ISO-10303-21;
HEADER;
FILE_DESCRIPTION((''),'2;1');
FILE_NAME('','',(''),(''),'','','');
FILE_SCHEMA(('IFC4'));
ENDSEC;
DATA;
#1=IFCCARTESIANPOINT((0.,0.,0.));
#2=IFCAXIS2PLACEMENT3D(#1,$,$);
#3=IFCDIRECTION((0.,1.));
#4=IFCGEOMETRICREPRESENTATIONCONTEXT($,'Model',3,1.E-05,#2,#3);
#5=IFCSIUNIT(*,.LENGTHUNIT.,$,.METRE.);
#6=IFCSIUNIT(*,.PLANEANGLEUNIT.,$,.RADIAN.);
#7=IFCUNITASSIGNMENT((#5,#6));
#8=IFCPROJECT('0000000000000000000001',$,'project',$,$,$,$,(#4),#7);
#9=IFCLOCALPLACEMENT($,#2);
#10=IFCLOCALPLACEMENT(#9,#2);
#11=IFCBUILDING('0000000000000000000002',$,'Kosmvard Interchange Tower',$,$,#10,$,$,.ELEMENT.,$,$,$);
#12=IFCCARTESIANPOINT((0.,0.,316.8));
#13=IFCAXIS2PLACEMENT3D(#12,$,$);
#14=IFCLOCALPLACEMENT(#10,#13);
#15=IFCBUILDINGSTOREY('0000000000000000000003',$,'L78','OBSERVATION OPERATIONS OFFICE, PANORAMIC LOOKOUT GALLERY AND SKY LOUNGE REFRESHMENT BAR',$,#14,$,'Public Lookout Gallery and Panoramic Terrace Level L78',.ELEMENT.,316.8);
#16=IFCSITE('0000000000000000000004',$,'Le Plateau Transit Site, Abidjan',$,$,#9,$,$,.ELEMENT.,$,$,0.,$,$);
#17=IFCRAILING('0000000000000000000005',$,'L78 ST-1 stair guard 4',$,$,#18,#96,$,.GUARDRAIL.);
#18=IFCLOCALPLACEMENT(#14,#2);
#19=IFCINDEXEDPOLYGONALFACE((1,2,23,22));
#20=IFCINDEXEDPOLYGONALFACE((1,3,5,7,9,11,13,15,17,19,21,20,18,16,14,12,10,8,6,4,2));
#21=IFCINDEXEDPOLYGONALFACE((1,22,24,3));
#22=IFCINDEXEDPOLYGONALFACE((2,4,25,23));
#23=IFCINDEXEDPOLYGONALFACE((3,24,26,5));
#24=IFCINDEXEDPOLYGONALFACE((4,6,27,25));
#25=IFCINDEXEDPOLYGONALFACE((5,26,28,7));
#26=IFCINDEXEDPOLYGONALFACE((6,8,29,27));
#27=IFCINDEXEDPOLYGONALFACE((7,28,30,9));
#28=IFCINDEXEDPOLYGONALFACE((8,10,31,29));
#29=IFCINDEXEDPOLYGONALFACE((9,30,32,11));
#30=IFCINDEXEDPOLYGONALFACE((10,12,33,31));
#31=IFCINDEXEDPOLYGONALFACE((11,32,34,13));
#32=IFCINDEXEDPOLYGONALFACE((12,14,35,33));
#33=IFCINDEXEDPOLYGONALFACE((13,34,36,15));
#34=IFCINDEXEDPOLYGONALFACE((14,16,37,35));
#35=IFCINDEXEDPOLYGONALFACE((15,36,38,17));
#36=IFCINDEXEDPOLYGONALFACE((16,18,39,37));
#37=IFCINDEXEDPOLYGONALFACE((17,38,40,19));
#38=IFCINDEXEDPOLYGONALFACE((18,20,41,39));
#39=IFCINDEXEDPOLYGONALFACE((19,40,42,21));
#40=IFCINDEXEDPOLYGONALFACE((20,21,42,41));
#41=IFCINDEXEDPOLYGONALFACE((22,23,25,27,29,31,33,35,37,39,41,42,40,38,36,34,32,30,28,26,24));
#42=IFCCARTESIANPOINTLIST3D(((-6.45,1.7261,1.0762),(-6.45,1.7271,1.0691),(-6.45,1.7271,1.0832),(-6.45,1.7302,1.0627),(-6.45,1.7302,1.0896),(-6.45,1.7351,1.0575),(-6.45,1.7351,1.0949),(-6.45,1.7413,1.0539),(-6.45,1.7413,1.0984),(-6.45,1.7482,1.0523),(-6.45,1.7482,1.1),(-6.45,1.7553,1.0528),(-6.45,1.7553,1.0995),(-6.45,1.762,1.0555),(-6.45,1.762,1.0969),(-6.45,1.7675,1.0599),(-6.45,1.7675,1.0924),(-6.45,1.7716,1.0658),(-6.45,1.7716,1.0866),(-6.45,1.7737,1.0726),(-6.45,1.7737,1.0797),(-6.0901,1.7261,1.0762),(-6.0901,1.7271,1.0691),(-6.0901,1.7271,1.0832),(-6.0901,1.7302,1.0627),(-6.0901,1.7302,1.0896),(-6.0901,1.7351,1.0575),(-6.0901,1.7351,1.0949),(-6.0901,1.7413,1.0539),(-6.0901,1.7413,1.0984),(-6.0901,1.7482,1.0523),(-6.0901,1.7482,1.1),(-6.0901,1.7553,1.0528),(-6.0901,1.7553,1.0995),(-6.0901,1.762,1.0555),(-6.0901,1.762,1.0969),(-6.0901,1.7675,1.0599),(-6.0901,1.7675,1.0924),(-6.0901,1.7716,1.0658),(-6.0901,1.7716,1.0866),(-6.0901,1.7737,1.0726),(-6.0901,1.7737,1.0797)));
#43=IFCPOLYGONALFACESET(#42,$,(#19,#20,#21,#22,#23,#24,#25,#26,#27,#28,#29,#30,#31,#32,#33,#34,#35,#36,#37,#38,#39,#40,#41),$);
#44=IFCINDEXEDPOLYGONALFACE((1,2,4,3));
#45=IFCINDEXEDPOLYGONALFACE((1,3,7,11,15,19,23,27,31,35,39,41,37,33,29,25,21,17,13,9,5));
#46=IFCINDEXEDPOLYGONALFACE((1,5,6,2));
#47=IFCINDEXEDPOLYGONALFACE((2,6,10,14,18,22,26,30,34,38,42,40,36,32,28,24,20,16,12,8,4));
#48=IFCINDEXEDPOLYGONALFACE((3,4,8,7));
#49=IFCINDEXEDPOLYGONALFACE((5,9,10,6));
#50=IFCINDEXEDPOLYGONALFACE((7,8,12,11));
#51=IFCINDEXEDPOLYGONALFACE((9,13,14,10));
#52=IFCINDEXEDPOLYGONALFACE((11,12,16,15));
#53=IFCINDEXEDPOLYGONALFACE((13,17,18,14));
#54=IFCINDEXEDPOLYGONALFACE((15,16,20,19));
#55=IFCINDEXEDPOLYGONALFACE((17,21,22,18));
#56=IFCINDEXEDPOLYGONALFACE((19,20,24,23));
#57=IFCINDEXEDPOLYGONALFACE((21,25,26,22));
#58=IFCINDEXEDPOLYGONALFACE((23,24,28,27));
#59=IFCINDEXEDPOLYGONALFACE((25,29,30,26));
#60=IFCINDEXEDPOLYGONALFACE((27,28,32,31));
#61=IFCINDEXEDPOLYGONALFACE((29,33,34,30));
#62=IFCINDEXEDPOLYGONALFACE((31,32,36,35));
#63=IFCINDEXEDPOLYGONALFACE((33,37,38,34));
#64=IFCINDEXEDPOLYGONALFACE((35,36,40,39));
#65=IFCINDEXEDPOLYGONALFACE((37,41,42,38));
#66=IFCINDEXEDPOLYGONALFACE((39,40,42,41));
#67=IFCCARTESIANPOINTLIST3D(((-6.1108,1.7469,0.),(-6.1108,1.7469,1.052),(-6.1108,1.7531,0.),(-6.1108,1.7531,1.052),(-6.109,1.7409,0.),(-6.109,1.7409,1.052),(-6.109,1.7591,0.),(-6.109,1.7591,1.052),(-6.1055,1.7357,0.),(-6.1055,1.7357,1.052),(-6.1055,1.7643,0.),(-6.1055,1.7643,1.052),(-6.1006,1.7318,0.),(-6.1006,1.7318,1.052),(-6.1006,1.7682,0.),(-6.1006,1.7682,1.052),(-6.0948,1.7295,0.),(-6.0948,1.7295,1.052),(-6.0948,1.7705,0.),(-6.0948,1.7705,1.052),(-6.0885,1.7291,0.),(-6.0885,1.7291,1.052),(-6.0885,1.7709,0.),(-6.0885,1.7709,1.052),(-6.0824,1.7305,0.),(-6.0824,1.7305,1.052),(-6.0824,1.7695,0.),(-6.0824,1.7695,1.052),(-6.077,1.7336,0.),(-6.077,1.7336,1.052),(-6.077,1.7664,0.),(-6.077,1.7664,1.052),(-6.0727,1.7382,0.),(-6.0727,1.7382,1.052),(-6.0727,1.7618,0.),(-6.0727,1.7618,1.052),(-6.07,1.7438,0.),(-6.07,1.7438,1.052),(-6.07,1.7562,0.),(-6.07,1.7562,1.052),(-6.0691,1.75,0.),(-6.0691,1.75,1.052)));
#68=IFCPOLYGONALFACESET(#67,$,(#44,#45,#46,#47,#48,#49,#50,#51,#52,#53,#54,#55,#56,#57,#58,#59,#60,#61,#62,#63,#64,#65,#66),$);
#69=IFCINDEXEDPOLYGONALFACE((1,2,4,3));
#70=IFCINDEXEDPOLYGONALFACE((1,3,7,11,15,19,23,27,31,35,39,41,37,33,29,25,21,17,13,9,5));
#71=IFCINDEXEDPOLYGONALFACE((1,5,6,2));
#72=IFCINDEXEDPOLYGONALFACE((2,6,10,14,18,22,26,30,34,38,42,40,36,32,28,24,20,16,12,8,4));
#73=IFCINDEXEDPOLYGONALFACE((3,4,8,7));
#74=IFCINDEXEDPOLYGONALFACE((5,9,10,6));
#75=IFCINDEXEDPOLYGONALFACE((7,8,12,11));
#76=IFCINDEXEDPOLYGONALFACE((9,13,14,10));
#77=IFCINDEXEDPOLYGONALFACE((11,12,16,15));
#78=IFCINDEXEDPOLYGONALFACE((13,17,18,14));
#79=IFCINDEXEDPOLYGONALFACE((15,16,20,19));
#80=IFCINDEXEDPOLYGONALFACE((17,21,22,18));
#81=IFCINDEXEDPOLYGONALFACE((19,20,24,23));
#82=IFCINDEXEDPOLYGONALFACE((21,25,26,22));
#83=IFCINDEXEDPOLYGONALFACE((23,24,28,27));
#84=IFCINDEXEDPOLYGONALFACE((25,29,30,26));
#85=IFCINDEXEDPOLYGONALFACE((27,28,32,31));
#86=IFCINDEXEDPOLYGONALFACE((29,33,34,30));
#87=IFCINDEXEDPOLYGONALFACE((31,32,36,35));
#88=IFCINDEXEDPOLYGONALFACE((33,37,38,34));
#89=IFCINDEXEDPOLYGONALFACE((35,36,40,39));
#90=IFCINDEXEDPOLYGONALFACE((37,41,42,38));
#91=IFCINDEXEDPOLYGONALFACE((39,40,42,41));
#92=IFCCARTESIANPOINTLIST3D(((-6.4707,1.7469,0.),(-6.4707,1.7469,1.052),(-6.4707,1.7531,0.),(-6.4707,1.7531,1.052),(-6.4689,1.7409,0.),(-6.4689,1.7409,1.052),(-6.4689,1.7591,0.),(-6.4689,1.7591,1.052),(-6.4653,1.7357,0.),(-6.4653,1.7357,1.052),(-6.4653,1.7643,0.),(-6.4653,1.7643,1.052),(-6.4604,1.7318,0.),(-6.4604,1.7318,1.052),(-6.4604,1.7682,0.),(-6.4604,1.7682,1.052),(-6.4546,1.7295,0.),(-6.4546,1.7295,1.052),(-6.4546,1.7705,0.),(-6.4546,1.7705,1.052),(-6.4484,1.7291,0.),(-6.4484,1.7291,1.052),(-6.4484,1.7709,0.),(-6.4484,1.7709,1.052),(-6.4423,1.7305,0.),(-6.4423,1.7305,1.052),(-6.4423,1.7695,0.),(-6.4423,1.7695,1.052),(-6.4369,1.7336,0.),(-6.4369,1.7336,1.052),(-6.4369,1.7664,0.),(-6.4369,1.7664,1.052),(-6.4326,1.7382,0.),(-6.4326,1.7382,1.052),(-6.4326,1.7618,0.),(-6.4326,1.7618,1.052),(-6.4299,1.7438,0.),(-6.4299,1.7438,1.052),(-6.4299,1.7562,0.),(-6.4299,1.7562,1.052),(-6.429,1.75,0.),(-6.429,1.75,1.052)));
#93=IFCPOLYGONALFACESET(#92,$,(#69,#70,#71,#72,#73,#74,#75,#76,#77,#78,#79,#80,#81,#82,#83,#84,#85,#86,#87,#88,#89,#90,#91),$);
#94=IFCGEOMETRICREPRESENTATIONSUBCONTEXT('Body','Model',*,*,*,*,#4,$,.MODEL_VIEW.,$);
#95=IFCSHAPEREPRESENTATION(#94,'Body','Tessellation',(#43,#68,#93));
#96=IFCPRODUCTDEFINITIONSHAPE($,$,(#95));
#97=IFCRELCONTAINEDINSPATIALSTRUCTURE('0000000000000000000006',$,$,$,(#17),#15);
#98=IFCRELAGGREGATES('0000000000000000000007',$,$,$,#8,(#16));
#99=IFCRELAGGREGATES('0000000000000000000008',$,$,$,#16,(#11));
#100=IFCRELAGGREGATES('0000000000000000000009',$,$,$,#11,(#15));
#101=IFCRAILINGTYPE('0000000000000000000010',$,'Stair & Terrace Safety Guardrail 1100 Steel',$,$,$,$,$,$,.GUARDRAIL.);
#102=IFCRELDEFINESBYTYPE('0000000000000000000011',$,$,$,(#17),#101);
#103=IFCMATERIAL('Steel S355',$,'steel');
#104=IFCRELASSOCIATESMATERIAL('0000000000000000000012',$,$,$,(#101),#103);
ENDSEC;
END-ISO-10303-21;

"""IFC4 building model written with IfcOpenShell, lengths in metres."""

from ifc_helpers import new_model, si_unit, direction, frame, origin, origin_2d, place, context, subcontext, project, spatial, circle, extrude, source, transform, mapped, material, type_object, element, save


model = new_model("IFC4")

# Units and contexts
model_context = context("Model", 3, precision=1e-05, world=origin(), true_north=direction((0.0, 1.0)))
body_context = subcontext(model_context, "Body", "Model", "MODEL_VIEW")
ifc_project = project(units=[si_unit("LENGTHUNIT", "METRE"), si_unit("PLANEANGLEUNIT", "RADIAN")], contexts=[model_context])

# Site, building, storey
site_placement = place(None, origin())
site = spatial("IfcSite", under=ifc_project, at=site_placement, Name="Le Plateau Transit Site, Abidjan", CompositionType="ELEMENT", RefElevation=0.0)
building_placement = place(site_placement, origin())
building = spatial("IfcBuilding", under=site, at=building_placement, Name="Kosmvard Interchange Tower", CompositionType="ELEMENT")
storey_placement = place(building_placement, frame((0.0, 0.0, 316.8)))
storey = spatial("IfcBuildingStorey", under=building, at=storey_placement, Name="L78", Description="OBSERVATION OPERATIONS OFFICE, PANORAMIC LOOKOUT GALLERY AND SKY LOUNGE REFRESHMENT BAR", LongName="Public Lookout Gallery and Panoramic Terrace Level L78", CompositionType="ELEMENT", Elevation=316.8)

# Shared definitions
ifc_material_1 = material(Name="Steel S355", Category="steel")

# Railing
railing_type_1 = type_object("IfcRailingType", Name="Stair & Terrace Safety Guardrail 1100 Steel", PredefinedType="GUARDRAIL", material=ifc_material_1)
shared_shape_1 = source(origin(), body_context, "Body", "SweptSolid", [
    extrude(circle(Radius=0.0239, at=origin_2d()), frame((0.0, 0.0, 1.0762), z_axis=(-1.0, 0.0, 0.0), x_axis=(0.0, -1.0, 0.0)), (0.0, 0.0, 1.0), 0.3599),
    extrude(circle(Radius=0.021, at=origin_2d()), origin(), (0.0, 0.0, 1.0), 1.052),
    extrude(circle(Radius=0.021, at=origin_2d()), frame((-0.3599, 0.0, 0.0)), (0.0, 0.0, 1.0), 1.052),
])
for number, where, name in (
    (1, (-6.0901, 1.75, 0.0), "L78 ST-1 stair guard 4"),
):
    element("IfcRailing", number, at=place(storey_placement, frame(where)), inside=storey, type_object=railing_type_1, Name=name, PredefinedType="GUARDRAIL", context=body_context, shape_type="MappedRepresentation", body=[
        mapped(shared_shape_1, transform((0.0, 0.0, 0.0), scale=1.0)),
    ])

save(model, "model.ifc")
